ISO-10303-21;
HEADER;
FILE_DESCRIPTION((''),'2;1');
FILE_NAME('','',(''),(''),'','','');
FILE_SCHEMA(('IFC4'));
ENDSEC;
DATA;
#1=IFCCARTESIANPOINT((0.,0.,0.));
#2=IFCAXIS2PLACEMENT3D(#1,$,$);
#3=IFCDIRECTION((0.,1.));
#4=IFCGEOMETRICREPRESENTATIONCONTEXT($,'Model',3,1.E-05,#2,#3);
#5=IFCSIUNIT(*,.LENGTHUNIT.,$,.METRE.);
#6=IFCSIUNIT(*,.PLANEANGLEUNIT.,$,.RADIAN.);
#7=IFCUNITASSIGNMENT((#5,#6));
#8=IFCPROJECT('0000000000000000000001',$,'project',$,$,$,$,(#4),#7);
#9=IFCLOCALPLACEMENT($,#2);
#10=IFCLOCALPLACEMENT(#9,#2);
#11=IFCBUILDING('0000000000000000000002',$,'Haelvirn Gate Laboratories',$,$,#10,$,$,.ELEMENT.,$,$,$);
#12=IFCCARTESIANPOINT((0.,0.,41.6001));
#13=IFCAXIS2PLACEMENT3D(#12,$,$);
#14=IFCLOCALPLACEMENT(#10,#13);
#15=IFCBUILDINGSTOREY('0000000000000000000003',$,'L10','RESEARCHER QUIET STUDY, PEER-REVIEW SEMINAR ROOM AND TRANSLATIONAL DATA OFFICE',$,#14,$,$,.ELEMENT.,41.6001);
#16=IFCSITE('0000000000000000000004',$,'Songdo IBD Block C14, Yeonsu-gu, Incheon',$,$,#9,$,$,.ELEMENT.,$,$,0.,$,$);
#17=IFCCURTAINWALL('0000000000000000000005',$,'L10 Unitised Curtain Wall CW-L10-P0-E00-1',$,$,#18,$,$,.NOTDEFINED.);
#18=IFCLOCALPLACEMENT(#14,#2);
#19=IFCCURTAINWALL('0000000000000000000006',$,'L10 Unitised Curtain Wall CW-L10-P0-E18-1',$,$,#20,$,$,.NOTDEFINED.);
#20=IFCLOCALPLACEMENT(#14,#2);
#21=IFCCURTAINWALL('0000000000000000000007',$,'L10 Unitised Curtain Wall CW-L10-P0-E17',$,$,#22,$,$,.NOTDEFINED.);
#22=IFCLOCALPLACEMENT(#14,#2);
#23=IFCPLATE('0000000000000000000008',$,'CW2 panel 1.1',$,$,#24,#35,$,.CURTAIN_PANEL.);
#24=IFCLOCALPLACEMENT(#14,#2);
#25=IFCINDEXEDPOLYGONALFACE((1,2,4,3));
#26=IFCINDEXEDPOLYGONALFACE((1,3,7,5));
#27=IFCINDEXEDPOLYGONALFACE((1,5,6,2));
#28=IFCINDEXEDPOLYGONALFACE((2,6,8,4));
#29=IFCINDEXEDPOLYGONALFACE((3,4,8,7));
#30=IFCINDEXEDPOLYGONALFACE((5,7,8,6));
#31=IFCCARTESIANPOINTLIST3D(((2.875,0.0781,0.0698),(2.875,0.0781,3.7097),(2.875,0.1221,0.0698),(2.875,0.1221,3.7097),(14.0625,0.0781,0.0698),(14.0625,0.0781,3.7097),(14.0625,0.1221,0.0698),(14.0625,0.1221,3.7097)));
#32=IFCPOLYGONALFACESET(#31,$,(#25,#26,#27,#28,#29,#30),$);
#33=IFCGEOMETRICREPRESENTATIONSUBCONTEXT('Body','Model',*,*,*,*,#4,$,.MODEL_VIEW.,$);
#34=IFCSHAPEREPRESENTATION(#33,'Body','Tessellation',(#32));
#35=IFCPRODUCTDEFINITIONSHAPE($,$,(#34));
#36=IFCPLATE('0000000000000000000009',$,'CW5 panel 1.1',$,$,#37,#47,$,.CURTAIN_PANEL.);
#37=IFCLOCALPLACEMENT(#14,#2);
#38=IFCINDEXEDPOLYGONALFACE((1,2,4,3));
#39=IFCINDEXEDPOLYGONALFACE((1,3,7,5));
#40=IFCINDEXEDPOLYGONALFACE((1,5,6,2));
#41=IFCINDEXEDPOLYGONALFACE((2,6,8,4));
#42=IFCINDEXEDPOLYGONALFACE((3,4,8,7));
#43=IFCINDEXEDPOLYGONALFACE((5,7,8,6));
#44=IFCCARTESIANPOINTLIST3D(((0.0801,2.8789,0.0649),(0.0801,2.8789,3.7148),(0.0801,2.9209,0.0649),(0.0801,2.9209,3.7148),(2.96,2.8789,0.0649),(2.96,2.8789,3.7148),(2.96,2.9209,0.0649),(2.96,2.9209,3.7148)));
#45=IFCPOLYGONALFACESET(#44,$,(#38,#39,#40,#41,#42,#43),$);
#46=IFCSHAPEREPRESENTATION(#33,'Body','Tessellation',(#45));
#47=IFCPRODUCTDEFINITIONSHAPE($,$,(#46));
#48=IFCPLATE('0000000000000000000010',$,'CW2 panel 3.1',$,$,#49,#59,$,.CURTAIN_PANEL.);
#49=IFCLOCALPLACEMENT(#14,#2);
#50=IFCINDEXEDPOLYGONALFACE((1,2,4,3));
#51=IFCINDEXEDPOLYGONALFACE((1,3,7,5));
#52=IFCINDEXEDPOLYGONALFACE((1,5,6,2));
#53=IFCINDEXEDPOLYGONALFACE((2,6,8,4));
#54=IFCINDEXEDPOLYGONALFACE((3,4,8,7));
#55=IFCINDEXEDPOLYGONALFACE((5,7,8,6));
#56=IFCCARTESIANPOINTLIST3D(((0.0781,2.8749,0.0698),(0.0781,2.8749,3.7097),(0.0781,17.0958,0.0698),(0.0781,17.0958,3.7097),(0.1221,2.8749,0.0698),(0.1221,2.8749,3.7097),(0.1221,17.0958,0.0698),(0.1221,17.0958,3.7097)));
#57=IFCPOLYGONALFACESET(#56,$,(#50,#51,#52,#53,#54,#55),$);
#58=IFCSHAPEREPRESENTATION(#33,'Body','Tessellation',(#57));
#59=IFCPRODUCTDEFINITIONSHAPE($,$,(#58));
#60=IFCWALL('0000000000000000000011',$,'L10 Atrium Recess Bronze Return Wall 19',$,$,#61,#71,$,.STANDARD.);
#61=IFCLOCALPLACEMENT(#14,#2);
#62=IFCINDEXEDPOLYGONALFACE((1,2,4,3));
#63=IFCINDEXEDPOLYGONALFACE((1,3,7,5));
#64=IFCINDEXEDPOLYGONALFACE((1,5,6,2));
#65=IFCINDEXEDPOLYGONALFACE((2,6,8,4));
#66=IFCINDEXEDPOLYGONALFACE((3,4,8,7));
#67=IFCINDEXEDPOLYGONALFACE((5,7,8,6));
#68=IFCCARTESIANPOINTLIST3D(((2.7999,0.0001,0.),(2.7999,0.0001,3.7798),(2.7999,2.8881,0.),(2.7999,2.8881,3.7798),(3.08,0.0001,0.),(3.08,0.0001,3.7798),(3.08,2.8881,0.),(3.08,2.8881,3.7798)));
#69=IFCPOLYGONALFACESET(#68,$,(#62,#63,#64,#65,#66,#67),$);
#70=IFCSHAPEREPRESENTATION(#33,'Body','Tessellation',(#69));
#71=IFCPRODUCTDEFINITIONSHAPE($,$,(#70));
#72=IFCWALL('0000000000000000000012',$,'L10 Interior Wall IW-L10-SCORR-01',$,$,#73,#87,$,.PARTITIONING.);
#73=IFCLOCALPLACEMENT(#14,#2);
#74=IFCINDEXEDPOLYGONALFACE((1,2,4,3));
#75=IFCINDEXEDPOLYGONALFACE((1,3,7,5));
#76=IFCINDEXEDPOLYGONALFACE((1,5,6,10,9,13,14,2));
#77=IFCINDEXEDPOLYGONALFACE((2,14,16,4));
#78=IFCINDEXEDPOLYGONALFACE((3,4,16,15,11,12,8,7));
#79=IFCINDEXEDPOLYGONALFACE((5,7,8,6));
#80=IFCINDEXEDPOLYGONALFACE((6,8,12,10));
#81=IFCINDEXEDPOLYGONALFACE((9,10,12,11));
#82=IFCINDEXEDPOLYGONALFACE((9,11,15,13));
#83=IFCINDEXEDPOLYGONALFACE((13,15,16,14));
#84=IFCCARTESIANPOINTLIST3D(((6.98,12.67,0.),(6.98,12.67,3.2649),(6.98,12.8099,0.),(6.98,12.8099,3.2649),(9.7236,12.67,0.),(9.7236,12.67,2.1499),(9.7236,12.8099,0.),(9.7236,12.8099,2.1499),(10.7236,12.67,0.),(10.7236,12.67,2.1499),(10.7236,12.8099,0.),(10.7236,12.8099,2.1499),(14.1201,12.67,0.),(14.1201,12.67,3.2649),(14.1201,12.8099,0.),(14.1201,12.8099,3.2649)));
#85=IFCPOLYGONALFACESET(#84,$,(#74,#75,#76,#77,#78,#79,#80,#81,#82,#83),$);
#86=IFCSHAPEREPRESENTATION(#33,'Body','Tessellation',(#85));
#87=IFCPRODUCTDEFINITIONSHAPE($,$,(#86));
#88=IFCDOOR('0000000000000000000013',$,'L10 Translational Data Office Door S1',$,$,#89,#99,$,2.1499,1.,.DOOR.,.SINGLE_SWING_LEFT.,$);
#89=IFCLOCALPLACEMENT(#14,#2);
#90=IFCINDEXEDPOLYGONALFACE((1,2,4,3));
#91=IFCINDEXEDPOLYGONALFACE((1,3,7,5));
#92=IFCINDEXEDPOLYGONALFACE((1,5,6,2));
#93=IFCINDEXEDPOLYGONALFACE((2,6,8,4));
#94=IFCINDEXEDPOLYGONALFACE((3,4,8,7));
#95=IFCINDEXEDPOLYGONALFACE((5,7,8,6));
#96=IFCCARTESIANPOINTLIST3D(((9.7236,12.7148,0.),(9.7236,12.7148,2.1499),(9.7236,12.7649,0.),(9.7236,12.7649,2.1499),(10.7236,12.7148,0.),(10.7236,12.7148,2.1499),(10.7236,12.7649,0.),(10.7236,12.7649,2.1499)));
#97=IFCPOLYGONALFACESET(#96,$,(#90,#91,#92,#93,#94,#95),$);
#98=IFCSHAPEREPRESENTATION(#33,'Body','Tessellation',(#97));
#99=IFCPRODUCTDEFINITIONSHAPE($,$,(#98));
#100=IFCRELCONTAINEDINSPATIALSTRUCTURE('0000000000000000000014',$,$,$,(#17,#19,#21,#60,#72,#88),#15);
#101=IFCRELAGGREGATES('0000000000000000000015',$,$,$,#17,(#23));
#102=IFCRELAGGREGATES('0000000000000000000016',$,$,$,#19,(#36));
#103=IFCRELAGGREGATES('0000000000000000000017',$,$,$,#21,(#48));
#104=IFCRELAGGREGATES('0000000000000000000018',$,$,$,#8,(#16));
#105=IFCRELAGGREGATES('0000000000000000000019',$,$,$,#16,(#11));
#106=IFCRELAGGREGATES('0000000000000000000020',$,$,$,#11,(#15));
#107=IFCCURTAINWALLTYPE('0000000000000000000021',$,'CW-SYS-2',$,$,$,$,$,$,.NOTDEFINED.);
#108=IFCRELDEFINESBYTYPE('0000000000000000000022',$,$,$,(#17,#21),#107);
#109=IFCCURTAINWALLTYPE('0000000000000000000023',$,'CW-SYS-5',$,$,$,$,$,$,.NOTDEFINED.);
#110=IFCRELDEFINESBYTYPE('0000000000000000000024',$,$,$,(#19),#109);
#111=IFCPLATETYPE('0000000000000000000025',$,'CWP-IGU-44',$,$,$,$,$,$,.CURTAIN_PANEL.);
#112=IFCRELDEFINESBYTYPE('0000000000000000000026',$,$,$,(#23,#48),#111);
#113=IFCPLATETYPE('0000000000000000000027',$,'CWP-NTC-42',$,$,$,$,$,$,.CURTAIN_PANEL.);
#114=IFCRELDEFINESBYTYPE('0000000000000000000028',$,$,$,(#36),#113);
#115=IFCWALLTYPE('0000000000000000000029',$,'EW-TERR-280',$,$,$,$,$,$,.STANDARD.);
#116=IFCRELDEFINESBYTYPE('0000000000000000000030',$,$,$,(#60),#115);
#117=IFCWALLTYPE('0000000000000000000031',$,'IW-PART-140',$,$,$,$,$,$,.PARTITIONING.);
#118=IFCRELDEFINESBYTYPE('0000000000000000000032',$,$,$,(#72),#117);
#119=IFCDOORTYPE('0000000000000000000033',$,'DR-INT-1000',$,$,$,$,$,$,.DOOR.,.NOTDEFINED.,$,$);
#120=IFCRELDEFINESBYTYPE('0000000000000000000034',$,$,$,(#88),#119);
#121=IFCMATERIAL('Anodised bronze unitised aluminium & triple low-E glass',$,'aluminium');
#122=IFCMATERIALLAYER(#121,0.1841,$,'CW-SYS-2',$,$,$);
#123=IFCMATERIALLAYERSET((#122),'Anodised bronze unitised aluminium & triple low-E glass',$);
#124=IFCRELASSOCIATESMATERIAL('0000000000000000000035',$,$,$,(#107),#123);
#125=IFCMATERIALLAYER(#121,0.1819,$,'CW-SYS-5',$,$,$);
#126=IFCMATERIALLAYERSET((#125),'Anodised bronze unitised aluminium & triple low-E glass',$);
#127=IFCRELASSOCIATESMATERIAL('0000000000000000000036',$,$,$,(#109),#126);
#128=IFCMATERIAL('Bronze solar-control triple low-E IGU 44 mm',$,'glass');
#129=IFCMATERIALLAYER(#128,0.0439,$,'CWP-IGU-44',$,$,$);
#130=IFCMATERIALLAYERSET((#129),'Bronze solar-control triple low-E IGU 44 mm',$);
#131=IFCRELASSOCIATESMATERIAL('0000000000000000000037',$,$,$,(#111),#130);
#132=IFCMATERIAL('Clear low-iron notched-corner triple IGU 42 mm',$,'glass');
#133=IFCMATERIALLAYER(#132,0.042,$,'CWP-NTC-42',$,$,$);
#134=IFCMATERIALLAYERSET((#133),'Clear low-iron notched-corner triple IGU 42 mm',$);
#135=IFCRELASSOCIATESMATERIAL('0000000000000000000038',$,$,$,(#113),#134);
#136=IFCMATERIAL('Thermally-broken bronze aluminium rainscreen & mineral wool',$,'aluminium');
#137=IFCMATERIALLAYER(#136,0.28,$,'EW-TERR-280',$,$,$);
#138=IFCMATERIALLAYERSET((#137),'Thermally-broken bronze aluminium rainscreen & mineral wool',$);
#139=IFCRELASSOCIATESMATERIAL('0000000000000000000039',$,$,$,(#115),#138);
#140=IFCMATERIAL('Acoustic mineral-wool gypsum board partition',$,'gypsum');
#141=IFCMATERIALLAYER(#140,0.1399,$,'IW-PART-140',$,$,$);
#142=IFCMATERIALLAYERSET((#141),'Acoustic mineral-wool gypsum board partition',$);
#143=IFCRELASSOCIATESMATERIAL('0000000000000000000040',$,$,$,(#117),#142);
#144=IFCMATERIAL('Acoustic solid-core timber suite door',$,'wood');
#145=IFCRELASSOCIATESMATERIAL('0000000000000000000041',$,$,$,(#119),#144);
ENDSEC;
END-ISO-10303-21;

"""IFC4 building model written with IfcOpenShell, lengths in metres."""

from ifc_helpers import new_model, si_unit, direction, frame, frame_2d, origin, origin_2d, place, context, subcontext, project, spatial, rectangle, extrude, source, transform, mapped, material, layer, layer_set, type_object, type_shapes, element, fill, aggregate, save


model = new_model("IFC4")

# Units and contexts
model_context = context("Model", 3, precision=1e-05, world=origin(), true_north=direction((0.0, 1.0)))
body_context = subcontext(model_context, "Body", "Model", "MODEL_VIEW")
ifc_project = project(units=[si_unit("LENGTHUNIT", "METRE"), si_unit("PLANEANGLEUNIT", "RADIAN")], contexts=[model_context])

# Site, building, storey
site_placement = place(None, origin())
site = spatial("IfcSite", under=ifc_project, at=site_placement, Name="Songdo IBD Block C14, Yeonsu-gu, Incheon", CompositionType="ELEMENT", RefElevation=0.0)
building_placement = place(site_placement, origin())
building = spatial("IfcBuilding", under=site, at=building_placement, Name="Haelvirn Gate Laboratories", CompositionType="ELEMENT")
storey_placement = place(building_placement, frame((0.0, 0.0, 41.6001)))
storey = spatial("IfcBuildingStorey", under=building, at=storey_placement, Name="L10", Description="RESEARCHER QUIET STUDY, PEER-REVIEW SEMINAR ROOM AND TRANSLATIONAL DATA OFFICE", CompositionType="ELEMENT", Elevation=41.6001)

# Curtain walls
ifc_material_1 = material(Name="Anodised bronze unitised aluminium & triple low-E glass", Category="aluminium")
ifc_layer_1 = layer(ifc_material_1, 0.1841, Name="CW-SYS-2")
ifc_layer_set_1 = layer_set([ifc_layer_1], Name="Anodised bronze unitised aluminium & triple low-E glass")
curtain_wall_type_1 = type_object("IfcCurtainWallType", Name="CW-SYS-2", PredefinedType="NOTDEFINED", material=ifc_layer_set_1)
curtain_wall_1_placement = place(storey_placement, origin())
curtain_wall_1 = element("IfcCurtainWall", 1, at=curtain_wall_1_placement, inside=storey, type_object=curtain_wall_type_1, Name="L10 Unitised Curtain Wall CW-L10-P0-E00-1", PredefinedType="NOTDEFINED")
ifc_layer_2 = layer(ifc_material_1, 0.1819, Name="CW-SYS-5")
ifc_layer_set_2 = layer_set([ifc_layer_2], Name="Anodised bronze unitised aluminium & triple low-E glass")
curtain_wall_type_2 = type_object("IfcCurtainWallType", Name="CW-SYS-5", PredefinedType="NOTDEFINED", material=ifc_layer_set_2)
curtain_wall_2_placement = place(storey_placement, origin())
curtain_wall_2 = element("IfcCurtainWall", 2, at=curtain_wall_2_placement, inside=storey, type_object=curtain_wall_type_2, Name="L10 Unitised Curtain Wall CW-L10-P0-E18-1", PredefinedType="NOTDEFINED")

# Curtain wall
curtain_wall_3_placement = place(storey_placement, origin())
curtain_wall_3 = element("IfcCurtainWall", 3, at=curtain_wall_3_placement, inside=storey, type_object=curtain_wall_type_1, Name="L10 Unitised Curtain Wall CW-L10-P0-E17", PredefinedType="NOTDEFINED")

# Plates
ifc_material_2 = material(Name="Bronze solar-control triple low-E IGU 44 mm", Category="glass")
ifc_layer_3 = layer(ifc_material_2, 0.0439, Name="CWP-IGU-44")
ifc_layer_set_3 = layer_set([ifc_layer_3], Name="Bronze solar-control triple low-E IGU 44 mm")
plate_type_1 = type_object("IfcPlateType", Name="CWP-IGU-44", PredefinedType="CURTAIN_PANEL", material=ifc_layer_set_3)
shared_shape_1 = source(origin(), body_context, "Body", "SweptSolid", [
    extrude(rectangle(XDim=11.1875, YDim=0.0439, at=origin_2d()), origin(), (0.0, 0.0, 1.0), 3.6399),
])
plate_1_placement = place(storey_placement, frame((8.4688, 0.1001, 0.0698), z_axis=(0.0, 0.0, 1.0), x_axis=(1.0, 0.0, 0.0)))
plate_1 = element("IfcPlate", 4, at=plate_1_placement, type_object=plate_type_1, Name="CW2 panel 1.1", PredefinedType="CURTAIN_PANEL", context=body_context, shape_type="MappedRepresentation", body=[
    mapped(shared_shape_1, transform((0.0, 0.0, 0.0), scale=1.0)),
])
aggregate(curtain_wall_1, [plate_1])
ifc_material_3 = material(Name="Clear low-iron notched-corner triple IGU 42 mm", Category="glass")
ifc_layer_4 = layer(ifc_material_3, 0.042, Name="CWP-NTC-42")
ifc_layer_set_4 = layer_set([ifc_layer_4], Name="Clear low-iron notched-corner triple IGU 42 mm")
plate_type_2 = type_object("IfcPlateType", Name="CWP-NTC-42", PredefinedType="CURTAIN_PANEL", material=ifc_layer_set_4)
shared_shape_2 = source(origin(), body_context, "Body", "SweptSolid", [
    extrude(rectangle(XDim=2.8799, YDim=0.042, at=origin_2d()), origin(), (0.0, 0.0, 1.0), 3.6499),
])
type_shapes(plate_type_2, [shared_shape_2])
plate_2_placement = place(storey_placement, frame((1.52, 2.8999, 0.0649), z_axis=(0.0, 0.0, 1.0), x_axis=(1.0, 0.0, 0.0)))
plate_2 = element("IfcPlate", 5, at=plate_2_placement, type_object=plate_type_2, Name="CW5 panel 1.1", PredefinedType="CURTAIN_PANEL", context=body_context, shape_type="MappedRepresentation", body=[
    mapped(shared_shape_2, transform((0.0, 0.0, 0.0), scale=1.0)),
])
aggregate(curtain_wall_2, [plate_2])
shared_shape_3 = source(origin(), body_context, "Body", "SweptSolid", [
    extrude(rectangle(XDim=14.2209, YDim=0.0439, at=origin_2d()), origin(), (0.0, 0.0, 1.0), 3.6399),
])
type_shapes(plate_type_1, [shared_shape_1, shared_shape_3])
plate_3_placement = place(storey_placement, frame((0.1001, 9.9854, 0.0698), z_axis=(0.0, 0.0, 1.0), x_axis=(0.0, -1.0, 0.0)))
plate_3 = element("IfcPlate", 6, at=plate_3_placement, type_object=plate_type_1, Name="CW2 panel 3.1", PredefinedType="CURTAIN_PANEL", context=body_context, shape_type="MappedRepresentation", body=[
    mapped(shared_shape_3, transform((0.0, 0.0, 0.0), scale=1.0)),
])
aggregate(curtain_wall_3, [plate_3])

# Wall
ifc_material_4 = material(Name="Thermally-broken bronze aluminium rainscreen & mineral wool", Category="aluminium")
ifc_layer_5 = layer(ifc_material_4, 0.28, Name="EW-TERR-280")
ifc_layer_set_5 = layer_set([ifc_layer_5], Name="Thermally-broken bronze aluminium rainscreen & mineral wool")
wall_type_1 = type_object("IfcWallType", Name="EW-TERR-280", PredefinedType="STANDARD", material=ifc_layer_set_5)
wall_1_placement = place(storey_placement, frame((2.9399, 2.8879, 0.0), z_axis=(0.0, 0.0, 1.0), x_axis=(0.0, -1.0, 0.0)))
element("IfcWall", 7, at=wall_1_placement, inside=storey, type_object=wall_type_1, Name="L10 Atrium Recess Bronze Return Wall 19", PredefinedType="STANDARD", context=body_context, shape_type="SweptSolid", body=[
    extrude(rectangle(XDim=2.8879, YDim=0.28, at=frame_2d((1.4438, 0.0))), origin(), (0.0, 0.0, 1.0), 3.7798),
])

# Wall, opening, door
ifc_material_5 = material(Name="Acoustic mineral-wool gypsum board partition", Category="gypsum")
ifc_layer_6 = layer(ifc_material_5, 0.1399, Name="IW-PART-140")
ifc_layer_set_6 = layer_set([ifc_layer_6], Name="Acoustic mineral-wool gypsum board partition")
wall_type_2 = type_object("IfcWallType", Name="IW-PART-140", PredefinedType="PARTITIONING", material=ifc_layer_set_6)
wall_2_placement = place(storey_placement, frame((6.98, 12.74, 0.0), z_axis=(0.0, 0.0, 1.0), x_axis=(1.0, 0.0, 0.0)))
wall_2 = element("IfcWall", 8, at=wall_2_placement, inside=storey, type_object=wall_type_2, Name="L10 Interior Wall IW-L10-SCORR-01", PredefinedType="PARTITIONING", context=body_context, shape_type="SweptSolid", body=[
    extrude(rectangle(XDim=7.1401, YDim=0.1399, at=frame_2d((3.5701, 0.0))), origin(), (0.0, 0.0, 1.0), 3.2649),
])
opening_placement = place(wall_2_placement, frame((2.7437, 0.0, 0.0)))
opening = element("IfcOpeningElement", 9, at=opening_placement, cuts=wall_2, PredefinedType="OPENING", context=body_context, shape_type="SweptSolid", body=[
    extrude(rectangle(XDim=1.0, YDim=2.1499, at=frame_2d((0.5, 1.075))), frame((0.0, 0.0801, 0.0), z_axis=(0.0, -1.0, 0.0), x_axis=(1.0, 0.0, 0.0)), (0.0, 0.0, 1.0), 0.1599),
])
ifc_material_6 = material(Name="Acoustic solid-core timber suite door", Category="wood")
door_type = type_object("IfcDoorType", Name="DR-INT-1000", OperationType="NOTDEFINED", PredefinedType="DOOR", material=ifc_material_6)
shared_shape_4 = source(origin(), body_context, "Body", "SweptSolid", [
    extrude(rectangle(XDim=1.0, YDim=2.1499, at=frame_2d((0.5, 1.075))), frame((0.0, 0.0249, 0.0), z_axis=(0.0, -1.0, 0.0), x_axis=(1.0, 0.0, 0.0)), (0.0, 0.0, 1.0), 0.05),
])
type_shapes(door_type, [shared_shape_4])
door_placement = place(opening_placement, origin())
door = element("IfcDoor", 10, at=door_placement, inside=storey, type_object=door_type, Name="L10 Translational Data Office Door S1", OperationType="SINGLE_SWING_LEFT", OverallHeight=2.1499, OverallWidth=1.0, PredefinedType="DOOR", context=body_context, shape_type="MappedRepresentation", body=[
    mapped(shared_shape_4, transform((0.0, 0.0, 0.0), scale=1.0)),
])
fill(opening, door)

save(model, "model.ifc")
